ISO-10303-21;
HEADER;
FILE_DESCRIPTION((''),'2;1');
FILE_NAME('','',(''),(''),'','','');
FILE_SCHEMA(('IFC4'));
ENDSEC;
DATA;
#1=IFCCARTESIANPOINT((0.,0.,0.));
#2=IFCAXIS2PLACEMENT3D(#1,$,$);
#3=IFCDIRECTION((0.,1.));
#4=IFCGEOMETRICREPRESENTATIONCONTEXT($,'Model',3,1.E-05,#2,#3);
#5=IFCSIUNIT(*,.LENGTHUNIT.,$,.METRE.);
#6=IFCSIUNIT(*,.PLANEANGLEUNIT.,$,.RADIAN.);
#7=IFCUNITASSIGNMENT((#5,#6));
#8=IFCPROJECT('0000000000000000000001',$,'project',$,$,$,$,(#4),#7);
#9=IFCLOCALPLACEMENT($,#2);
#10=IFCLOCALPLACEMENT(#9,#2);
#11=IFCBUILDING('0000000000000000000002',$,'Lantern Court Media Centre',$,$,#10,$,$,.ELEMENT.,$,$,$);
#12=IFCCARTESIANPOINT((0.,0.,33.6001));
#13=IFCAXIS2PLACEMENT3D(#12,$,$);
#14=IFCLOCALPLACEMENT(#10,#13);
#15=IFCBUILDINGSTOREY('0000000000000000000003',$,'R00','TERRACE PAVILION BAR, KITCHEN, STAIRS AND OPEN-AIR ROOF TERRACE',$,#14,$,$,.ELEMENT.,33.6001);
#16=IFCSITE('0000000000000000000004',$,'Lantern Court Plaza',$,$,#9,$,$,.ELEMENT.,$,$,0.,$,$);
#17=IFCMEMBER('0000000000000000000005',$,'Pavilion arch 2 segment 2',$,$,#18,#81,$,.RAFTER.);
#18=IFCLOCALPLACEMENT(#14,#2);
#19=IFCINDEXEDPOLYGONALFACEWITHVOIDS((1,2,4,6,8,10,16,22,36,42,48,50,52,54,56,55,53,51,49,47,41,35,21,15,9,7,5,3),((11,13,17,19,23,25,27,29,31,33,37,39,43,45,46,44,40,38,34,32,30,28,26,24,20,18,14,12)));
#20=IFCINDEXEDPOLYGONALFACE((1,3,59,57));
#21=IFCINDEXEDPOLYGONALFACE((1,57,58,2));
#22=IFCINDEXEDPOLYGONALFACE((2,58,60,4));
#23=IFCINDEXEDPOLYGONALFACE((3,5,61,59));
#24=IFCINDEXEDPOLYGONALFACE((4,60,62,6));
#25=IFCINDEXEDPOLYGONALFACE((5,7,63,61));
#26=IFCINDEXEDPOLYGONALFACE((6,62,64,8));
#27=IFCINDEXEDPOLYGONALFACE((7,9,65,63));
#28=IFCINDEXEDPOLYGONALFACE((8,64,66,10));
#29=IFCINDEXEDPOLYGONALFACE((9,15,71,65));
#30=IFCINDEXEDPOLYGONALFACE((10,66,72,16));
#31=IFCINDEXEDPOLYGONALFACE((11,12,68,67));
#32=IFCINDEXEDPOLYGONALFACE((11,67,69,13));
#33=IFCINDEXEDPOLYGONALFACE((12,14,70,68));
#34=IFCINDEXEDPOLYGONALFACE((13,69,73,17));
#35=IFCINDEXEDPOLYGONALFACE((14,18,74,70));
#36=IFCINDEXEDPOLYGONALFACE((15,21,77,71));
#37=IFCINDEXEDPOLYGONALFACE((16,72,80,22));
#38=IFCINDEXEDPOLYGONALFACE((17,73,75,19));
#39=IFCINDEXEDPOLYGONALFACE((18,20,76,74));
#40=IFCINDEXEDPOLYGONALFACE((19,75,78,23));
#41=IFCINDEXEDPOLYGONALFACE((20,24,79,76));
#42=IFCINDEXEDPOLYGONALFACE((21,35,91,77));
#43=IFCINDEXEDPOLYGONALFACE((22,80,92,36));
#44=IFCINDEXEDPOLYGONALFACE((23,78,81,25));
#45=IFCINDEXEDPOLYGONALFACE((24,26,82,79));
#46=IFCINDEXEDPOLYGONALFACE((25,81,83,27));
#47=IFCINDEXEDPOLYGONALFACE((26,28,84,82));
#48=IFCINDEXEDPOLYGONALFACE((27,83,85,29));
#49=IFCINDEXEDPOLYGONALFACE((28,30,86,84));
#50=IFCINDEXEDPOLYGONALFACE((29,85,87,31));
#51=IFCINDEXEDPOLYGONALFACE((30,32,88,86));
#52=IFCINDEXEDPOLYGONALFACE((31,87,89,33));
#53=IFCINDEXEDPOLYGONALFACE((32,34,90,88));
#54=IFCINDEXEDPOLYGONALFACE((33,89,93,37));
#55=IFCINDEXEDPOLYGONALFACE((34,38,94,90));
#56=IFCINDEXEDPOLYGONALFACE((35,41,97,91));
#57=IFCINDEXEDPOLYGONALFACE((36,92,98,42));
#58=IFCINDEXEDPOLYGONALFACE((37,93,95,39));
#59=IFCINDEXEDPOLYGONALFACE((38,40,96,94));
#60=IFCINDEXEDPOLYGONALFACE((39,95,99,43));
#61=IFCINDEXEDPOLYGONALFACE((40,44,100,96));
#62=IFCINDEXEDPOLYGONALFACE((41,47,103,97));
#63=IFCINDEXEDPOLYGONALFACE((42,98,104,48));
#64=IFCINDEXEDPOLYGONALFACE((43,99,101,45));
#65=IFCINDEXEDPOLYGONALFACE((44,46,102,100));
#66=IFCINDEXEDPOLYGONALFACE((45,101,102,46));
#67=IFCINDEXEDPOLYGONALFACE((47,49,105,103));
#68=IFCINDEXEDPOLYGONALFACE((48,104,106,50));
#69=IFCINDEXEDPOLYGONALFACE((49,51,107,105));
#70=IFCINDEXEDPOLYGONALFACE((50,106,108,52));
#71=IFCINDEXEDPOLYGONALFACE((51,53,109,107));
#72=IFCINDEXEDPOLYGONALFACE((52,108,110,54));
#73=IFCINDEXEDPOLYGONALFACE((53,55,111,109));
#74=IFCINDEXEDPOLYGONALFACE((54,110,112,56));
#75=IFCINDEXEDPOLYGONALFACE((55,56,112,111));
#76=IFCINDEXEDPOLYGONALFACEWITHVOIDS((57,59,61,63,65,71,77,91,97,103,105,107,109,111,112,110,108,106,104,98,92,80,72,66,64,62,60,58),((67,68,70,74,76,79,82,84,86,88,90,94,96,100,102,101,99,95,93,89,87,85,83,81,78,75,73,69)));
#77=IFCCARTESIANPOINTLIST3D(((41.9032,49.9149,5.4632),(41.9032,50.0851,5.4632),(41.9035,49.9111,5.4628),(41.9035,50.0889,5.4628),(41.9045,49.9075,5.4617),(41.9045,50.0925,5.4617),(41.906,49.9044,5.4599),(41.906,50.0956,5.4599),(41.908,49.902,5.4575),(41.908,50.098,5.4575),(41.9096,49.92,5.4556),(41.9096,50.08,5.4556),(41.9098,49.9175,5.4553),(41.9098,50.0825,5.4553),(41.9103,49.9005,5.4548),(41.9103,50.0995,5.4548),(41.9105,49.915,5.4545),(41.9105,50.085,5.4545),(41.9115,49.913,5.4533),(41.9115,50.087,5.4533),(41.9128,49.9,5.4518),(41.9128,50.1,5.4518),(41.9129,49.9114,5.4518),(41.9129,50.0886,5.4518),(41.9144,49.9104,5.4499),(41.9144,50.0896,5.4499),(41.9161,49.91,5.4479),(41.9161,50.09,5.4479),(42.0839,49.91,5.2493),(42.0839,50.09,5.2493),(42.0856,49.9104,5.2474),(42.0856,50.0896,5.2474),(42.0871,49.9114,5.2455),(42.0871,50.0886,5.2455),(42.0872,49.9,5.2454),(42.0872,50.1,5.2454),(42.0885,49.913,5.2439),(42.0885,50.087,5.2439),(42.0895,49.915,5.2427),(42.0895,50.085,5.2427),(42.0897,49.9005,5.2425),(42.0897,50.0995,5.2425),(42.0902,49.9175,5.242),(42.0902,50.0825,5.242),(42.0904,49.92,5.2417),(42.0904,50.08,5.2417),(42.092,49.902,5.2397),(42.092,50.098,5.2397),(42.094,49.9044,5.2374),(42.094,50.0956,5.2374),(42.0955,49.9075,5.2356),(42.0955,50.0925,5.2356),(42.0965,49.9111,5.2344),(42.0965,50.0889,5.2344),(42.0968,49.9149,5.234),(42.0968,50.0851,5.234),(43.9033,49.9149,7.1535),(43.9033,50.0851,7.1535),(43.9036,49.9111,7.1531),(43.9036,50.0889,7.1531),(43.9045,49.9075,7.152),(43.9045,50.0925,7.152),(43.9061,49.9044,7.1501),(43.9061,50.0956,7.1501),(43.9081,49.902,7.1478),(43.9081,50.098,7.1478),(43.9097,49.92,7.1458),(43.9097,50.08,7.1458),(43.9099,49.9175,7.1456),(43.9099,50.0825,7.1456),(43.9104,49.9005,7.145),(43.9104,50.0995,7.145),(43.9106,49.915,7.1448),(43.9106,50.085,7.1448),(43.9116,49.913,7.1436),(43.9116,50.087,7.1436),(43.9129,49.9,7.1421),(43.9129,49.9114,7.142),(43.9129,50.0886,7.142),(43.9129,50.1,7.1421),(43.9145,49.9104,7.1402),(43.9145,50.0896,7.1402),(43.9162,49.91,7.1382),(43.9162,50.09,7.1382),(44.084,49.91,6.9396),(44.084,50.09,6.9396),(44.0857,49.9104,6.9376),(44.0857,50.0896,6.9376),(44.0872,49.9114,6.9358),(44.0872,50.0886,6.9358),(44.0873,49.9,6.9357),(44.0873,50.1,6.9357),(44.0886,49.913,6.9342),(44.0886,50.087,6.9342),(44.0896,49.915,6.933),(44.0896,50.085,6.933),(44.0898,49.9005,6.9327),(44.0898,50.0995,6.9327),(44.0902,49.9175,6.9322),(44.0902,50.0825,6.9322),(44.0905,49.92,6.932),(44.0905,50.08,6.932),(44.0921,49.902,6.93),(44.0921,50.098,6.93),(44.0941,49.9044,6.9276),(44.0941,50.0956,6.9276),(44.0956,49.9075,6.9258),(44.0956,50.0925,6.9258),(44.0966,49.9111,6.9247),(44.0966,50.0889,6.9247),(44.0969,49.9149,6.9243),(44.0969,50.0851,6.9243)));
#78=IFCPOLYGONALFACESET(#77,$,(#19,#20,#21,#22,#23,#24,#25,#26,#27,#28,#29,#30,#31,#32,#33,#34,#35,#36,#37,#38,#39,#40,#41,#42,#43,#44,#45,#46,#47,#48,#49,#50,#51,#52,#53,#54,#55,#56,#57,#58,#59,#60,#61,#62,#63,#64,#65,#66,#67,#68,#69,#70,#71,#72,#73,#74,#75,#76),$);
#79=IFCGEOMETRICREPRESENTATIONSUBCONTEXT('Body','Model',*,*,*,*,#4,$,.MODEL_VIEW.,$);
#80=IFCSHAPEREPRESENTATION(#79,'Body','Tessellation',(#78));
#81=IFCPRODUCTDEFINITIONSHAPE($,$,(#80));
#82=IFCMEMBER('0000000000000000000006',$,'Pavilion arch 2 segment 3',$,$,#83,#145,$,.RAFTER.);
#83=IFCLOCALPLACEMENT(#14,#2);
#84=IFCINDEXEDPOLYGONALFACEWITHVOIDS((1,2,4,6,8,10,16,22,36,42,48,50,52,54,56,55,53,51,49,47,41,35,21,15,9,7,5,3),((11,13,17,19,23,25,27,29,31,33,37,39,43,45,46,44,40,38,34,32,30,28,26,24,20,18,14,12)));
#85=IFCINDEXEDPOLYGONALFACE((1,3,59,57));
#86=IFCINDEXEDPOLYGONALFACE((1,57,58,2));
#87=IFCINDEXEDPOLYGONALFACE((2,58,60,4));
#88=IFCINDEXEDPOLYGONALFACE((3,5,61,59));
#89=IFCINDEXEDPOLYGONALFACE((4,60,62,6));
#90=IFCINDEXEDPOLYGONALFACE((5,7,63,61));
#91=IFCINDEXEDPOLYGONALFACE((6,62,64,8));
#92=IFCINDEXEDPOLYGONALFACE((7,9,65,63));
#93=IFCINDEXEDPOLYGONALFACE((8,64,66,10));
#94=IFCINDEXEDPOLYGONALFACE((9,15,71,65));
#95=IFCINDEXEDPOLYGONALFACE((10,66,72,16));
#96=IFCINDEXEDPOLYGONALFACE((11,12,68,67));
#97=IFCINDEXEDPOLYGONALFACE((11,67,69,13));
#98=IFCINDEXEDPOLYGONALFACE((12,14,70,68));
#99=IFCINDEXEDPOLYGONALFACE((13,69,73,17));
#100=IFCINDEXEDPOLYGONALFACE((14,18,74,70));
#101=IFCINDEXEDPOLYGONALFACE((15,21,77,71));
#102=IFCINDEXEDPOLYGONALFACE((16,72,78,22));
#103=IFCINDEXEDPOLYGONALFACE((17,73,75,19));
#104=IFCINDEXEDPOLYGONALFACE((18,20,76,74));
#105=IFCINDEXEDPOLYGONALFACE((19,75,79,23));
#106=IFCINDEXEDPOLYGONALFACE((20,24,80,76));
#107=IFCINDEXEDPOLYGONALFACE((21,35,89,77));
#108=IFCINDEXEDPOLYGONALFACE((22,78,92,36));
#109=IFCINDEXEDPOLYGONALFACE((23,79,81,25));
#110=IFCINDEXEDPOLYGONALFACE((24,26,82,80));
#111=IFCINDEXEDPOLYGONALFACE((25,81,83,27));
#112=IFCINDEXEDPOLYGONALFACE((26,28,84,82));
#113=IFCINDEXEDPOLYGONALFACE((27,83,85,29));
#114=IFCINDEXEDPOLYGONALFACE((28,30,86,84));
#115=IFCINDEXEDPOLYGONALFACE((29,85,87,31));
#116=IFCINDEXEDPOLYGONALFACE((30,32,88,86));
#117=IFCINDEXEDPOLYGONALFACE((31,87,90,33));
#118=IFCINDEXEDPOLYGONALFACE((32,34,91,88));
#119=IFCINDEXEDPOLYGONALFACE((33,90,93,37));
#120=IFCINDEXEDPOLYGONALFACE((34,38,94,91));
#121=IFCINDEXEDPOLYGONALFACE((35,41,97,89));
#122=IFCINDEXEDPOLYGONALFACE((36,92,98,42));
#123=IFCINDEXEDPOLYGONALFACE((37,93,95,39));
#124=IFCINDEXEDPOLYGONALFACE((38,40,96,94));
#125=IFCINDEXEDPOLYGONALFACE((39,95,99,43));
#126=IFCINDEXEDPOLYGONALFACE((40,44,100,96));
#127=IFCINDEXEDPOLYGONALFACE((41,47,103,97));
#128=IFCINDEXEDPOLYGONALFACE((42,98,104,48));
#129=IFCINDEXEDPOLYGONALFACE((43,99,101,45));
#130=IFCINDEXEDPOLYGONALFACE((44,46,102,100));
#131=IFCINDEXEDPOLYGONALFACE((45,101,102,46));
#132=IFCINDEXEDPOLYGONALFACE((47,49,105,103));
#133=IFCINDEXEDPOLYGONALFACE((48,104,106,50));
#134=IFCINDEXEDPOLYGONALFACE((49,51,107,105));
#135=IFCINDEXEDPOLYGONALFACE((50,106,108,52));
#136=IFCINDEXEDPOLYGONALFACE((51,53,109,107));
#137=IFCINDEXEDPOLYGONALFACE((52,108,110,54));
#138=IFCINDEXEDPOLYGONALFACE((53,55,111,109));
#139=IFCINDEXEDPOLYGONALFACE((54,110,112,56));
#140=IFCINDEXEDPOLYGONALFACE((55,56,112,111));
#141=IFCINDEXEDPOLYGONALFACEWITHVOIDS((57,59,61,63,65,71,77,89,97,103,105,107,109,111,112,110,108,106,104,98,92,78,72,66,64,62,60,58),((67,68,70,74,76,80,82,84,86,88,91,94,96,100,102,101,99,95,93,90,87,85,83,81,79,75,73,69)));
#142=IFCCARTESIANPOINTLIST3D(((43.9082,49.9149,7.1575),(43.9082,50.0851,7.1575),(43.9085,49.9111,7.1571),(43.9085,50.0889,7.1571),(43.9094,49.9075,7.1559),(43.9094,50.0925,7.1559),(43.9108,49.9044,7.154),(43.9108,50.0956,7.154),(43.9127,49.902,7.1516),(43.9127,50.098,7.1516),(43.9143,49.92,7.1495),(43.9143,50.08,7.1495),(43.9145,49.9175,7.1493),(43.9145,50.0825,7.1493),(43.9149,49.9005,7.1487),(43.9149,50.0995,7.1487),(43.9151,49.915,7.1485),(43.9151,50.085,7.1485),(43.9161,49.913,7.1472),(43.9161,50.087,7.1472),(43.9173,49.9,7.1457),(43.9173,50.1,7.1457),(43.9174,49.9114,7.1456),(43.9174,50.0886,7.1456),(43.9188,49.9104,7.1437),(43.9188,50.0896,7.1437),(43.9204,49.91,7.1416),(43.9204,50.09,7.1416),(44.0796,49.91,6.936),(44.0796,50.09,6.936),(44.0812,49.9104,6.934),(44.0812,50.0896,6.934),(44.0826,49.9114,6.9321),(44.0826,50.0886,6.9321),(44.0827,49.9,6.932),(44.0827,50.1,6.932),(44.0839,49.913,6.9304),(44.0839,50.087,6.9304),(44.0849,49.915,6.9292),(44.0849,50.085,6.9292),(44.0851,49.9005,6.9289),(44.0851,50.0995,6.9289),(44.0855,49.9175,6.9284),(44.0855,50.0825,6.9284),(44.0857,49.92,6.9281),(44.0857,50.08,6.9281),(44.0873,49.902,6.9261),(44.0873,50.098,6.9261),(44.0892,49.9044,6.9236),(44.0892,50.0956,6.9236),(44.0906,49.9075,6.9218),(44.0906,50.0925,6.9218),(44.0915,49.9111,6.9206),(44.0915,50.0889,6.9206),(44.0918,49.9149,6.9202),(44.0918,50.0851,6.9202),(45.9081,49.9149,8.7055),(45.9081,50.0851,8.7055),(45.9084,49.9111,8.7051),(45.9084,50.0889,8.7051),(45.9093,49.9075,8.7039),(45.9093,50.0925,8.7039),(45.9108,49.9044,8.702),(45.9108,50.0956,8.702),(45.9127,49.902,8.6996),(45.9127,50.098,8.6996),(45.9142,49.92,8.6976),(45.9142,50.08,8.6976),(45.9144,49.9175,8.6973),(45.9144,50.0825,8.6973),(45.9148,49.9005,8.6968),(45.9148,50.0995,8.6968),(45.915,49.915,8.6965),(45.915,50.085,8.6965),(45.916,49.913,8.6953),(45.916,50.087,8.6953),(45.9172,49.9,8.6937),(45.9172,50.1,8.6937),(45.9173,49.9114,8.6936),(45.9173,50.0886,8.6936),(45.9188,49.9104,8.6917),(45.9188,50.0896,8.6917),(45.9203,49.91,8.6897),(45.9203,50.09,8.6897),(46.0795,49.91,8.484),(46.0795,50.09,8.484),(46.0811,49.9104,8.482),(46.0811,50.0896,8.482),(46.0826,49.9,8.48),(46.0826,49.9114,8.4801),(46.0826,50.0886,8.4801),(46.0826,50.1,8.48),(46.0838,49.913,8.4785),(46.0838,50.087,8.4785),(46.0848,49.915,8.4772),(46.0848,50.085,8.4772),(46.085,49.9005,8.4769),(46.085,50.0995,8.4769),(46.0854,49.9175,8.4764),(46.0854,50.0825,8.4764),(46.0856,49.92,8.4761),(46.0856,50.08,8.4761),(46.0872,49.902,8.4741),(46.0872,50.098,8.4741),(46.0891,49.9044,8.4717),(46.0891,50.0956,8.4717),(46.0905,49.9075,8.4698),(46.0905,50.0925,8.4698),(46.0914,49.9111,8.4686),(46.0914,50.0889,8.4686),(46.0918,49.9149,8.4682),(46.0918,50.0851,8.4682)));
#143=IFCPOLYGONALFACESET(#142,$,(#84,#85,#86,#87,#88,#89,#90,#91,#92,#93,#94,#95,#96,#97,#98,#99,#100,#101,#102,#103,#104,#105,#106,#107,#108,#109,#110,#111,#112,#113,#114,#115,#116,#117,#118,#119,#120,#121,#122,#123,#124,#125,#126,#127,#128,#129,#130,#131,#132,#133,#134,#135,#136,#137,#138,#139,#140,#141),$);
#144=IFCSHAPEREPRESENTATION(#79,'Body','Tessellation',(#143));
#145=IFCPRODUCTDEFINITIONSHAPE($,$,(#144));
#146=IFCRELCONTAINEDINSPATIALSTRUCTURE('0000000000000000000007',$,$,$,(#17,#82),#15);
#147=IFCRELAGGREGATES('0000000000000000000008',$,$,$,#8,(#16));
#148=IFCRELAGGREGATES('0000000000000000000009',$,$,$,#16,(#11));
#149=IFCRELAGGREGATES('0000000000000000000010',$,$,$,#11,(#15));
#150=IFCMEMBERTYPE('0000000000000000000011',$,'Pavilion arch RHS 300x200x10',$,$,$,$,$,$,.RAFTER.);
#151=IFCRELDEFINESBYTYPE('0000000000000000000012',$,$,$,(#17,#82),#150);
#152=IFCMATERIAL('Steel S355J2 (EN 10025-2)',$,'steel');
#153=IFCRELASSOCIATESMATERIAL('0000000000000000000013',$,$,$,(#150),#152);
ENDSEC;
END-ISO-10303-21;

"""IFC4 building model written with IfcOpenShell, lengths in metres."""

from ifc_helpers import new_model, si_unit, direction, frame, origin, origin_2d, place, context, subcontext, project, spatial, hollow_rectangle, extrude, material, material_profile, profile_set, type_object, element, save


model = new_model("IFC4")

# Units and contexts
model_context = context("Model", 3, precision=1e-05, world=origin(), true_north=direction((0.0, 1.0)))
body_context = subcontext(model_context, "Body", "Model", "MODEL_VIEW")
ifc_project = project(units=[si_unit("LENGTHUNIT", "METRE"), si_unit("PLANEANGLEUNIT", "RADIAN")], contexts=[model_context])

# Site, building, storey
site_placement = place(None, origin())
site = spatial("IfcSite", under=ifc_project, at=site_placement, Name="Lantern Court Plaza", CompositionType="ELEMENT", RefElevation=0.0)
building_placement = place(site_placement, origin())
building = spatial("IfcBuilding", under=site, at=building_placement, Name="Lantern Court Media Centre", CompositionType="ELEMENT")
storey_placement = place(building_placement, frame((0.0, 0.0, 33.6001)))
storey = spatial("IfcBuildingStorey", under=building, at=storey_placement, Name="R00", Description="TERRACE PAVILION BAR, KITCHEN, STAIRS AND OPEN-AIR ROOF TERRACE", CompositionType="ELEMENT", Elevation=33.6001)

# Shared definitions
ifc_material_1 = material(Name="Steel S355J2 (EN 10025-2)", Category="steel")

# Members
ifc_material_profile_1 = material_profile(ifc_material_1, hollow_rectangle(XDim=0.2, YDim=0.3, WallThickness=0.01, InnerFilletRadius=0.01, OuterFilletRadius=0.0149, at=origin_2d()), Name="Pavilion arch RHS 300x200x10")
ifc_profile_set_1 = profile_set([ifc_material_profile_1], Name="Steel S355J2 (EN 10025-2)")
member_type_1 = type_object("IfcMemberType", Name="Pavilion arch RHS 300x200x10", PredefinedType="RAFTER", material=ifc_profile_set_1)
member_1_placement = place(storey_placement, frame((42.0, 50.0, 5.3486), z_axis=(0.763786, 0.0, 0.64547), x_axis=(0.0, 1.0, 0.0)))
element("IfcMember", 1, at=member_1_placement, inside=storey, type_object=member_type_1, Name="Pavilion arch 2 segment 2", PredefinedType="RAFTER", context=body_context, shape_type="SweptSolid", body=[
    extrude(hollow_rectangle(XDim=0.2, YDim=0.3, WallThickness=0.01, InnerFilletRadius=0.01, OuterFilletRadius=0.0149, at=origin_2d()), origin(), (0.0, 0.0, 1.0), 2.6187),
])
member_2_placement = place(storey_placement, frame((44.0, 50.0, 7.0388), z_axis=(0.790779, 0.0, 0.612101), x_axis=(0.0, 1.0, 0.0)))
element("IfcMember", 2, at=member_2_placement, inside=storey, type_object=member_type_1, Name="Pavilion arch 2 segment 3", PredefinedType="RAFTER", context=body_context, shape_type="SweptSolid", body=[
    extrude(hollow_rectangle(XDim=0.2, YDim=0.3, WallThickness=0.01, InnerFilletRadius=0.01, OuterFilletRadius=0.0149, at=origin_2d()), origin(), (0.0, 0.0, 1.0), 2.5291),
])

save(model, "model.ifc")
